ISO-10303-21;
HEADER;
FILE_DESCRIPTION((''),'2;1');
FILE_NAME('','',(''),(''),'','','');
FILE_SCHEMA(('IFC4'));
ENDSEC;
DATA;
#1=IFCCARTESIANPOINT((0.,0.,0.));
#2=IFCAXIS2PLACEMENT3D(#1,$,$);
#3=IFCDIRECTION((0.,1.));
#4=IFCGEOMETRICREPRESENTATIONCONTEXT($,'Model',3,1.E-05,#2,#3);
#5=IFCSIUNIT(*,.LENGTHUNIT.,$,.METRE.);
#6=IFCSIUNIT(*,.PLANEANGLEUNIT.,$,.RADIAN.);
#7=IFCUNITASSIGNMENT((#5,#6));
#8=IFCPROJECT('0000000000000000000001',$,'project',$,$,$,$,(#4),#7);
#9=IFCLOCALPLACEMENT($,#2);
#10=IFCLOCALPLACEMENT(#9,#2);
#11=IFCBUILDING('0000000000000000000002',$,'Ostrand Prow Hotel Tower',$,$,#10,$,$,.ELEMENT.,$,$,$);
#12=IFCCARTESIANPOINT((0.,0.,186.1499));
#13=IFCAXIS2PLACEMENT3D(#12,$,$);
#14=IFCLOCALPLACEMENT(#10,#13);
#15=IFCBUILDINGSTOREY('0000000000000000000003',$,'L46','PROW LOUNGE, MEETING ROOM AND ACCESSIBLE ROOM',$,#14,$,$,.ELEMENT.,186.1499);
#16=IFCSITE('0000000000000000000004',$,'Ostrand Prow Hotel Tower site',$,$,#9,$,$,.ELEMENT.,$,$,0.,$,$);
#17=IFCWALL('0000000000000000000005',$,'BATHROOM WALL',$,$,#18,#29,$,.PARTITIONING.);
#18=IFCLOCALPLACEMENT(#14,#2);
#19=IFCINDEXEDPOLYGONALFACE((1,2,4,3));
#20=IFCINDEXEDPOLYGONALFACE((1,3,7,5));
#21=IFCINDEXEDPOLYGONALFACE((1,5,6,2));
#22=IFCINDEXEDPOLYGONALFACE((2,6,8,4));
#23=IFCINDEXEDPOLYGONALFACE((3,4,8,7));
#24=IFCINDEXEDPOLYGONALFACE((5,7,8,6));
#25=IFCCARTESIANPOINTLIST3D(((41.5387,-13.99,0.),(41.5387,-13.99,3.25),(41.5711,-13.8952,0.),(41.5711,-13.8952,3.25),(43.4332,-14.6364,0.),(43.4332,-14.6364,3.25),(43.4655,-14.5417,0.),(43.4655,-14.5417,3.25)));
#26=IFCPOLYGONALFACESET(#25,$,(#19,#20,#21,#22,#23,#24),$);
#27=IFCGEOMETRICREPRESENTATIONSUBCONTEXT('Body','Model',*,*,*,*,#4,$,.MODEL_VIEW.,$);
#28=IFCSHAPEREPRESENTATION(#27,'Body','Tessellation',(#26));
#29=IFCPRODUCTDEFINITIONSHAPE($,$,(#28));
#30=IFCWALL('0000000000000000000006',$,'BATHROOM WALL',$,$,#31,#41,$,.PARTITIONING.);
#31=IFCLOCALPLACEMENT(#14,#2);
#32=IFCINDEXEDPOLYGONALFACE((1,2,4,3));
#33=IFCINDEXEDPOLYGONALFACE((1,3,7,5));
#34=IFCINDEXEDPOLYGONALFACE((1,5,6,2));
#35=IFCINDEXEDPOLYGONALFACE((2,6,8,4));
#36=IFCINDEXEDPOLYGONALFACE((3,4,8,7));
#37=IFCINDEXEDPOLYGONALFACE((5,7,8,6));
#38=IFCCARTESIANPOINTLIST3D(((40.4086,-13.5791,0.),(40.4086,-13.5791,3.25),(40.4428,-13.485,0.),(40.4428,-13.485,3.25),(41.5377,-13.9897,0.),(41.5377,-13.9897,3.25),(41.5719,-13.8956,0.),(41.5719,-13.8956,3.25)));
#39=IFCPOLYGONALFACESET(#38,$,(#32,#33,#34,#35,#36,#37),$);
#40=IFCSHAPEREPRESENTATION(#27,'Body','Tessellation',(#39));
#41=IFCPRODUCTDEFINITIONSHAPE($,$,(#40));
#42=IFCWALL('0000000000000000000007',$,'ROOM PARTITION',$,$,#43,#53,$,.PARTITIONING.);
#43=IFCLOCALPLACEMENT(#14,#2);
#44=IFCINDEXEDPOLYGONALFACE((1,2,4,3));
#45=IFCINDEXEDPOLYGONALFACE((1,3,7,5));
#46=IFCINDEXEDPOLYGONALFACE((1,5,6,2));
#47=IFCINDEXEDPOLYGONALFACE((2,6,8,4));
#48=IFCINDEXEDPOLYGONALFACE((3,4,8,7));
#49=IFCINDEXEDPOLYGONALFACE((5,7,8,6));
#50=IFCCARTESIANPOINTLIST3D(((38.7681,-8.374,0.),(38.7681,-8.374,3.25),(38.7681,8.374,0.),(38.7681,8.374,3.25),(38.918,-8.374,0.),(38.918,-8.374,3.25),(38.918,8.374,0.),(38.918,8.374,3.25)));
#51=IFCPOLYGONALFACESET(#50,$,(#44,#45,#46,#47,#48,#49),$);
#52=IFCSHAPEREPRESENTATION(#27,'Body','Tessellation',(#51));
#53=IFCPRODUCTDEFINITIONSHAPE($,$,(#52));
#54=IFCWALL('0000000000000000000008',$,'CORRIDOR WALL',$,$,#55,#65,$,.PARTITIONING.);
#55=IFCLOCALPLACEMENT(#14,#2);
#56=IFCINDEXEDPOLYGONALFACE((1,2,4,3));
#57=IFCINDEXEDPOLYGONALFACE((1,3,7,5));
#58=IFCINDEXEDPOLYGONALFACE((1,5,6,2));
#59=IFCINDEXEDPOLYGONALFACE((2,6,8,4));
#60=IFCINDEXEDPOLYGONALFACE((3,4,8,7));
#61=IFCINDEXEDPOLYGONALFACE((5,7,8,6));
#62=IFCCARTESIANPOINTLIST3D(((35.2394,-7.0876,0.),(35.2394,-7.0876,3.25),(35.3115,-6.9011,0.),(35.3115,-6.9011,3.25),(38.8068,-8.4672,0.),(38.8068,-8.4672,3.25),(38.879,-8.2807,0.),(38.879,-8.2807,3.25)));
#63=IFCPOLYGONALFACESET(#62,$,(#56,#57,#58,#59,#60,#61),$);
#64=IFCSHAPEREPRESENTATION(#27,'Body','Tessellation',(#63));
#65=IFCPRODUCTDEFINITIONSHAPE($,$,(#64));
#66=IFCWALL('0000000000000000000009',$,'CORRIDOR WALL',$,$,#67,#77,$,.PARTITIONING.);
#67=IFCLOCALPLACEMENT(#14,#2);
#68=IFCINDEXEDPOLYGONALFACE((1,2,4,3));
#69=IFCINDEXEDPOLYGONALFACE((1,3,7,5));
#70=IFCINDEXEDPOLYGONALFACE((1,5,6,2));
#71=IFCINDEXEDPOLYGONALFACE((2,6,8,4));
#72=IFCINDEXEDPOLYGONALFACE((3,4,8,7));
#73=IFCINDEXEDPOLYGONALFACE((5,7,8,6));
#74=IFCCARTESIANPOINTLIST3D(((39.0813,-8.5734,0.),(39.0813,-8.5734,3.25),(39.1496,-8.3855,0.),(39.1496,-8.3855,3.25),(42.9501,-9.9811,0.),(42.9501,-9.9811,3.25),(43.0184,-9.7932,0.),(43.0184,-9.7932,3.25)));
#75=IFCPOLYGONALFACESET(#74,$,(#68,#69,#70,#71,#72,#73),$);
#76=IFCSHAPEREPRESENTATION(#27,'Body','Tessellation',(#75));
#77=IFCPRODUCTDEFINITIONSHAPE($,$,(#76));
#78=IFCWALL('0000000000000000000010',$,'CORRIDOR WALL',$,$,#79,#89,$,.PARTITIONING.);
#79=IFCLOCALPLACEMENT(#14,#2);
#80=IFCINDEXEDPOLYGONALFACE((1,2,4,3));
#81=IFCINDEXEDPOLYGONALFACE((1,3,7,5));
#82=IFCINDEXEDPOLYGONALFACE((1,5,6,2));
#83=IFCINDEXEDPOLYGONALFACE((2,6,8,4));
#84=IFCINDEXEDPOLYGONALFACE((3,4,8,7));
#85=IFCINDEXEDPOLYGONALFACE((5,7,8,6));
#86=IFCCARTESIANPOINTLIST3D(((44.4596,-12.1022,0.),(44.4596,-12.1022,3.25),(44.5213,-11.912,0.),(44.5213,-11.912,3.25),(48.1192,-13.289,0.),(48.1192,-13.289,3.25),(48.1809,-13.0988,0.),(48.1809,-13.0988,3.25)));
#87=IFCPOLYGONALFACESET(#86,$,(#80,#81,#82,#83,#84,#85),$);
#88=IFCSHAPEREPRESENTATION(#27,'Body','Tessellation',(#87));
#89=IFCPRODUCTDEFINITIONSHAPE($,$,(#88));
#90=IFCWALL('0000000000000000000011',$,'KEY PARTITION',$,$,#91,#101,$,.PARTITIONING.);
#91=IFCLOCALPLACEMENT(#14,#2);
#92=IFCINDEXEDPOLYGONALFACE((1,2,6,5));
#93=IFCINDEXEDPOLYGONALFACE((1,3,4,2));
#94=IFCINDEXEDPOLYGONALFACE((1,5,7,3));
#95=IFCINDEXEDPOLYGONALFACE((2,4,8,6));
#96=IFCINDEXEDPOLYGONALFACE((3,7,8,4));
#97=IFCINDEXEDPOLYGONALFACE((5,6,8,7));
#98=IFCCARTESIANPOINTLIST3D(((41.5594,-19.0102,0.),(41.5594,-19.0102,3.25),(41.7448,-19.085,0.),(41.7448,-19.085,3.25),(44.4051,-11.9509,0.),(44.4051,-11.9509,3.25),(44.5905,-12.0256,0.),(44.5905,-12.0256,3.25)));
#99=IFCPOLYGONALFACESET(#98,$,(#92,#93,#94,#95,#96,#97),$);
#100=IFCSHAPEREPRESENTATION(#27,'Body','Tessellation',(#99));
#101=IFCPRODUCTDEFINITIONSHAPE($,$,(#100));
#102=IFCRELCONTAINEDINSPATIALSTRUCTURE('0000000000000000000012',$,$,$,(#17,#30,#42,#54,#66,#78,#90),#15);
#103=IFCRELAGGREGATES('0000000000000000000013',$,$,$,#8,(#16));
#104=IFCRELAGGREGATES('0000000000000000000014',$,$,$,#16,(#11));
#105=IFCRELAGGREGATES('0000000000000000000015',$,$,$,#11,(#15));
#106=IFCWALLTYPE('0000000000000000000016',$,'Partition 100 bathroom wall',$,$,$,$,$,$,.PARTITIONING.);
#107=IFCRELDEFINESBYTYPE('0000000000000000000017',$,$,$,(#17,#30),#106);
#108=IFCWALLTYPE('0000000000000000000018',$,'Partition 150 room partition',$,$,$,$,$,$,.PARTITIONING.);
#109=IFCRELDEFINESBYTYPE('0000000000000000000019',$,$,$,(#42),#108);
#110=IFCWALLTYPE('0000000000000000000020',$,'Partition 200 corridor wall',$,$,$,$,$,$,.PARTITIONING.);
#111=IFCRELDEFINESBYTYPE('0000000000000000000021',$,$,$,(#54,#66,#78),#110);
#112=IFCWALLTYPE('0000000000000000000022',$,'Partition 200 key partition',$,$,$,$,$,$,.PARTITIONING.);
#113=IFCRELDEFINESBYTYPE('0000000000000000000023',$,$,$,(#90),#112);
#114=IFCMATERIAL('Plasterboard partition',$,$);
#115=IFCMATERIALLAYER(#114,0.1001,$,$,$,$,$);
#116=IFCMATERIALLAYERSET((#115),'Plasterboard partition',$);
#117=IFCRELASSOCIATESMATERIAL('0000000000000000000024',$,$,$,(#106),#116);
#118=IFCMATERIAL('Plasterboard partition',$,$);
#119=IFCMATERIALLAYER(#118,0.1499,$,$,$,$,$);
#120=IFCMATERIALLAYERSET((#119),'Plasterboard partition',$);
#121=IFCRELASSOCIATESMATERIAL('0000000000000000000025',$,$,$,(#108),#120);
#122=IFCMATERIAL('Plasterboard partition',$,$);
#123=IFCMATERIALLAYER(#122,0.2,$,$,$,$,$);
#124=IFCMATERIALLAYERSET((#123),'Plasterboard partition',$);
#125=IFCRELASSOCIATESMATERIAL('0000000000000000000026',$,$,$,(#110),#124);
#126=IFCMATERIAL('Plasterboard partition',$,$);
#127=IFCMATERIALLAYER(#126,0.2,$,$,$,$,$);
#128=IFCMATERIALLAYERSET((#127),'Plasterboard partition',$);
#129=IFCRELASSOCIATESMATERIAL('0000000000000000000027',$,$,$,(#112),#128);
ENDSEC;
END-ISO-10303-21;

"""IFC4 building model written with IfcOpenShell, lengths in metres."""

from ifc_helpers import new_model, si_unit, direction, frame, frame_2d, origin, place, context, subcontext, project, spatial, rectangle, extrude, material, layer, layer_set, type_object, element, save


model = new_model("IFC4")

# Units and contexts
model_context = context("Model", 3, precision=1e-05, world=origin(), true_north=direction((0.0, 1.0)))
body_context = subcontext(model_context, "Body", "Model", "MODEL_VIEW")
ifc_project = project(units=[si_unit("LENGTHUNIT", "METRE"), si_unit("PLANEANGLEUNIT", "RADIAN")], contexts=[model_context])

# Site, building, storey
site_placement = place(None, origin())
site = spatial("IfcSite", under=ifc_project, at=site_placement, Name="Ostrand Prow Hotel Tower site", CompositionType="ELEMENT", RefElevation=0.0)
building_placement = place(site_placement, origin())
building = spatial("IfcBuilding", under=site, at=building_placement, Name="Ostrand Prow Hotel Tower", CompositionType="ELEMENT")
storey_placement = place(building_placement, frame((0.0, 0.0, 186.1499)))
storey = spatial("IfcBuildingStorey", under=building, at=storey_placement, Name="L46", Description="PROW LOUNGE, MEETING ROOM AND ACCESSIBLE ROOM", CompositionType="ELEMENT", Elevation=186.1499)

# Shared definitions
ifc_material_1 = material(Name="Plasterboard partition")
ifc_layer_1 = layer(ifc_material_1, 0.1001)
ifc_layer_set_1 = layer_set([ifc_layer_1], Name="Plasterboard partition")
wall_type_1 = type_object("IfcWallType", Name="Partition 100 bathroom wall", PredefinedType="PARTITIONING", material=ifc_layer_set_1)

# Walls
wall_1_placement = place(storey_placement, frame((43.4495, -14.5891, 0.0), z_axis=(0.0, 0.0, 1.0), x_axis=(-0.946415, 0.322952, 0.0)))
element("IfcWall", 1, at=wall_1_placement, inside=storey, type_object=wall_type_1, Name="BATHROOM WALL", PredefinedType="PARTITIONING", context=body_context, shape_type="SweptSolid", body=[
    extrude(rectangle(XDim=2.0017, YDim=0.1001, at=frame_2d((1.001, 0.0))), origin(), (0.0, 0.0, 1.0), 3.25),
])
wall_2_placement = place(storey_placement, frame((41.5547, -13.9426, 0.0), z_axis=(0.0, 0.0, 1.0), x_axis=(-0.939782, 0.341776, 0.0)))
element("IfcWall", 2, at=wall_2_placement, inside=storey, type_object=wall_type_1, Name="BATHROOM WALL", PredefinedType="PARTITIONING", context=body_context, shape_type="SweptSolid", body=[
    extrude(rectangle(XDim=1.2014, YDim=0.1001, at=frame_2d((0.6006, 0.0))), origin(), (0.0, 0.0, 1.0), 3.25),
])
ifc_material_2 = material(Name="Plasterboard partition")
ifc_layer_2 = layer(ifc_material_2, 0.1499)
ifc_layer_set_2 = layer_set([ifc_layer_2], Name="Plasterboard partition")
wall_type_2 = type_object("IfcWallType", Name="Partition 150 room partition", PredefinedType="PARTITIONING", material=ifc_layer_set_2)
wall_3_placement = place(storey_placement, frame((38.843, -8.374, 0.0), z_axis=(0.0, 0.0, 1.0), x_axis=(0.0, 1.0, 0.0)))
element("IfcWall", 3, at=wall_3_placement, inside=storey, type_object=wall_type_2, Name="ROOM PARTITION", PredefinedType="PARTITIONING", context=body_context, shape_type="SweptSolid", body=[
    extrude(rectangle(XDim=16.748, YDim=0.1499, at=frame_2d((8.374, 0.0))), origin(), (0.0, 0.0, 1.0), 3.25),
])
ifc_material_3 = material(Name="Plasterboard partition")
ifc_layer_3 = layer(ifc_material_3, 0.2)
ifc_layer_set_3 = layer_set([ifc_layer_3], Name="Plasterboard partition")
wall_type_3 = type_object("IfcWallType", Name="Partition 200 corridor wall", PredefinedType="PARTITIONING", material=ifc_layer_set_3)
wall_4_placement = place(storey_placement, frame((38.843, -8.374, 0.0), z_axis=(0.0, 0.0, 1.0), x_axis=(-0.932681, 0.360702, 0.0)))
element("IfcWall", 4, at=wall_4_placement, inside=storey, type_object=wall_type_3, Name="CORRIDOR WALL", PredefinedType="PARTITIONING", context=body_context, shape_type="SweptSolid", body=[
    extrude(rectangle(XDim=3.825, YDim=0.2, at=frame_2d((1.9126, 0.0))), origin(), (0.0, 0.0, 1.0), 3.25),
])
wall_5_placement = place(storey_placement, frame((42.9844, -9.8872, 0.0), z_axis=(0.0, 0.0, 1.0), x_axis=(-0.939728, 0.341924, 0.0)))
element("IfcWall", 5, at=wall_5_placement, inside=storey, type_object=wall_type_3, Name="CORRIDOR WALL", PredefinedType="PARTITIONING", context=body_context, shape_type="SweptSolid", body=[
    extrude(rectangle(XDim=4.1169, YDim=0.2, at=frame_2d((2.0586, 0.0))), origin(), (0.0, 0.0, 1.0), 3.25),
])
wall_6_placement = place(storey_placement, frame((44.4905, -12.0071, 0.0), z_axis=(0.0, 0.0, 1.0), x_axis=(0.951228, -0.308488, 0.0)))
element("IfcWall", 6, at=wall_6_placement, inside=storey, type_object=wall_type_3, Name="CORRIDOR WALL", PredefinedType="PARTITIONING", context=body_context, shape_type="SweptSolid", body=[
    extrude(rectangle(XDim=3.8472, YDim=0.2, at=frame_2d((1.9236, 0.0))), origin(), (0.0, 0.0, 1.0), 3.25),
])
ifc_material_4 = material(Name="Plasterboard partition")
ifc_layer_4 = layer(ifc_material_4, 0.2)
ifc_layer_set_4 = layer_set([ifc_layer_4], Name="Plasterboard partition")
wall_type_4 = type_object("IfcWallType", Name="Partition 200 key partition", PredefinedType="PARTITIONING", material=ifc_layer_set_4)
wall_7_placement = place(storey_placement, frame((41.6521, -19.0476, 0.0), z_axis=(0.0, 0.0, 1.0), x_axis=(0.373878, 0.927478, 0.0)))
element("IfcWall", 7, at=wall_7_placement, inside=storey, type_object=wall_type_4, Name="KEY PARTITION", PredefinedType="PARTITIONING", context=body_context, shape_type="SweptSolid", body=[
    extrude(rectangle(XDim=7.6113, YDim=0.2, at=frame_2d((3.8057, 0.0))), origin(), (0.0, 0.0, 1.0), 3.25),
])

save(model, "model.ifc")
